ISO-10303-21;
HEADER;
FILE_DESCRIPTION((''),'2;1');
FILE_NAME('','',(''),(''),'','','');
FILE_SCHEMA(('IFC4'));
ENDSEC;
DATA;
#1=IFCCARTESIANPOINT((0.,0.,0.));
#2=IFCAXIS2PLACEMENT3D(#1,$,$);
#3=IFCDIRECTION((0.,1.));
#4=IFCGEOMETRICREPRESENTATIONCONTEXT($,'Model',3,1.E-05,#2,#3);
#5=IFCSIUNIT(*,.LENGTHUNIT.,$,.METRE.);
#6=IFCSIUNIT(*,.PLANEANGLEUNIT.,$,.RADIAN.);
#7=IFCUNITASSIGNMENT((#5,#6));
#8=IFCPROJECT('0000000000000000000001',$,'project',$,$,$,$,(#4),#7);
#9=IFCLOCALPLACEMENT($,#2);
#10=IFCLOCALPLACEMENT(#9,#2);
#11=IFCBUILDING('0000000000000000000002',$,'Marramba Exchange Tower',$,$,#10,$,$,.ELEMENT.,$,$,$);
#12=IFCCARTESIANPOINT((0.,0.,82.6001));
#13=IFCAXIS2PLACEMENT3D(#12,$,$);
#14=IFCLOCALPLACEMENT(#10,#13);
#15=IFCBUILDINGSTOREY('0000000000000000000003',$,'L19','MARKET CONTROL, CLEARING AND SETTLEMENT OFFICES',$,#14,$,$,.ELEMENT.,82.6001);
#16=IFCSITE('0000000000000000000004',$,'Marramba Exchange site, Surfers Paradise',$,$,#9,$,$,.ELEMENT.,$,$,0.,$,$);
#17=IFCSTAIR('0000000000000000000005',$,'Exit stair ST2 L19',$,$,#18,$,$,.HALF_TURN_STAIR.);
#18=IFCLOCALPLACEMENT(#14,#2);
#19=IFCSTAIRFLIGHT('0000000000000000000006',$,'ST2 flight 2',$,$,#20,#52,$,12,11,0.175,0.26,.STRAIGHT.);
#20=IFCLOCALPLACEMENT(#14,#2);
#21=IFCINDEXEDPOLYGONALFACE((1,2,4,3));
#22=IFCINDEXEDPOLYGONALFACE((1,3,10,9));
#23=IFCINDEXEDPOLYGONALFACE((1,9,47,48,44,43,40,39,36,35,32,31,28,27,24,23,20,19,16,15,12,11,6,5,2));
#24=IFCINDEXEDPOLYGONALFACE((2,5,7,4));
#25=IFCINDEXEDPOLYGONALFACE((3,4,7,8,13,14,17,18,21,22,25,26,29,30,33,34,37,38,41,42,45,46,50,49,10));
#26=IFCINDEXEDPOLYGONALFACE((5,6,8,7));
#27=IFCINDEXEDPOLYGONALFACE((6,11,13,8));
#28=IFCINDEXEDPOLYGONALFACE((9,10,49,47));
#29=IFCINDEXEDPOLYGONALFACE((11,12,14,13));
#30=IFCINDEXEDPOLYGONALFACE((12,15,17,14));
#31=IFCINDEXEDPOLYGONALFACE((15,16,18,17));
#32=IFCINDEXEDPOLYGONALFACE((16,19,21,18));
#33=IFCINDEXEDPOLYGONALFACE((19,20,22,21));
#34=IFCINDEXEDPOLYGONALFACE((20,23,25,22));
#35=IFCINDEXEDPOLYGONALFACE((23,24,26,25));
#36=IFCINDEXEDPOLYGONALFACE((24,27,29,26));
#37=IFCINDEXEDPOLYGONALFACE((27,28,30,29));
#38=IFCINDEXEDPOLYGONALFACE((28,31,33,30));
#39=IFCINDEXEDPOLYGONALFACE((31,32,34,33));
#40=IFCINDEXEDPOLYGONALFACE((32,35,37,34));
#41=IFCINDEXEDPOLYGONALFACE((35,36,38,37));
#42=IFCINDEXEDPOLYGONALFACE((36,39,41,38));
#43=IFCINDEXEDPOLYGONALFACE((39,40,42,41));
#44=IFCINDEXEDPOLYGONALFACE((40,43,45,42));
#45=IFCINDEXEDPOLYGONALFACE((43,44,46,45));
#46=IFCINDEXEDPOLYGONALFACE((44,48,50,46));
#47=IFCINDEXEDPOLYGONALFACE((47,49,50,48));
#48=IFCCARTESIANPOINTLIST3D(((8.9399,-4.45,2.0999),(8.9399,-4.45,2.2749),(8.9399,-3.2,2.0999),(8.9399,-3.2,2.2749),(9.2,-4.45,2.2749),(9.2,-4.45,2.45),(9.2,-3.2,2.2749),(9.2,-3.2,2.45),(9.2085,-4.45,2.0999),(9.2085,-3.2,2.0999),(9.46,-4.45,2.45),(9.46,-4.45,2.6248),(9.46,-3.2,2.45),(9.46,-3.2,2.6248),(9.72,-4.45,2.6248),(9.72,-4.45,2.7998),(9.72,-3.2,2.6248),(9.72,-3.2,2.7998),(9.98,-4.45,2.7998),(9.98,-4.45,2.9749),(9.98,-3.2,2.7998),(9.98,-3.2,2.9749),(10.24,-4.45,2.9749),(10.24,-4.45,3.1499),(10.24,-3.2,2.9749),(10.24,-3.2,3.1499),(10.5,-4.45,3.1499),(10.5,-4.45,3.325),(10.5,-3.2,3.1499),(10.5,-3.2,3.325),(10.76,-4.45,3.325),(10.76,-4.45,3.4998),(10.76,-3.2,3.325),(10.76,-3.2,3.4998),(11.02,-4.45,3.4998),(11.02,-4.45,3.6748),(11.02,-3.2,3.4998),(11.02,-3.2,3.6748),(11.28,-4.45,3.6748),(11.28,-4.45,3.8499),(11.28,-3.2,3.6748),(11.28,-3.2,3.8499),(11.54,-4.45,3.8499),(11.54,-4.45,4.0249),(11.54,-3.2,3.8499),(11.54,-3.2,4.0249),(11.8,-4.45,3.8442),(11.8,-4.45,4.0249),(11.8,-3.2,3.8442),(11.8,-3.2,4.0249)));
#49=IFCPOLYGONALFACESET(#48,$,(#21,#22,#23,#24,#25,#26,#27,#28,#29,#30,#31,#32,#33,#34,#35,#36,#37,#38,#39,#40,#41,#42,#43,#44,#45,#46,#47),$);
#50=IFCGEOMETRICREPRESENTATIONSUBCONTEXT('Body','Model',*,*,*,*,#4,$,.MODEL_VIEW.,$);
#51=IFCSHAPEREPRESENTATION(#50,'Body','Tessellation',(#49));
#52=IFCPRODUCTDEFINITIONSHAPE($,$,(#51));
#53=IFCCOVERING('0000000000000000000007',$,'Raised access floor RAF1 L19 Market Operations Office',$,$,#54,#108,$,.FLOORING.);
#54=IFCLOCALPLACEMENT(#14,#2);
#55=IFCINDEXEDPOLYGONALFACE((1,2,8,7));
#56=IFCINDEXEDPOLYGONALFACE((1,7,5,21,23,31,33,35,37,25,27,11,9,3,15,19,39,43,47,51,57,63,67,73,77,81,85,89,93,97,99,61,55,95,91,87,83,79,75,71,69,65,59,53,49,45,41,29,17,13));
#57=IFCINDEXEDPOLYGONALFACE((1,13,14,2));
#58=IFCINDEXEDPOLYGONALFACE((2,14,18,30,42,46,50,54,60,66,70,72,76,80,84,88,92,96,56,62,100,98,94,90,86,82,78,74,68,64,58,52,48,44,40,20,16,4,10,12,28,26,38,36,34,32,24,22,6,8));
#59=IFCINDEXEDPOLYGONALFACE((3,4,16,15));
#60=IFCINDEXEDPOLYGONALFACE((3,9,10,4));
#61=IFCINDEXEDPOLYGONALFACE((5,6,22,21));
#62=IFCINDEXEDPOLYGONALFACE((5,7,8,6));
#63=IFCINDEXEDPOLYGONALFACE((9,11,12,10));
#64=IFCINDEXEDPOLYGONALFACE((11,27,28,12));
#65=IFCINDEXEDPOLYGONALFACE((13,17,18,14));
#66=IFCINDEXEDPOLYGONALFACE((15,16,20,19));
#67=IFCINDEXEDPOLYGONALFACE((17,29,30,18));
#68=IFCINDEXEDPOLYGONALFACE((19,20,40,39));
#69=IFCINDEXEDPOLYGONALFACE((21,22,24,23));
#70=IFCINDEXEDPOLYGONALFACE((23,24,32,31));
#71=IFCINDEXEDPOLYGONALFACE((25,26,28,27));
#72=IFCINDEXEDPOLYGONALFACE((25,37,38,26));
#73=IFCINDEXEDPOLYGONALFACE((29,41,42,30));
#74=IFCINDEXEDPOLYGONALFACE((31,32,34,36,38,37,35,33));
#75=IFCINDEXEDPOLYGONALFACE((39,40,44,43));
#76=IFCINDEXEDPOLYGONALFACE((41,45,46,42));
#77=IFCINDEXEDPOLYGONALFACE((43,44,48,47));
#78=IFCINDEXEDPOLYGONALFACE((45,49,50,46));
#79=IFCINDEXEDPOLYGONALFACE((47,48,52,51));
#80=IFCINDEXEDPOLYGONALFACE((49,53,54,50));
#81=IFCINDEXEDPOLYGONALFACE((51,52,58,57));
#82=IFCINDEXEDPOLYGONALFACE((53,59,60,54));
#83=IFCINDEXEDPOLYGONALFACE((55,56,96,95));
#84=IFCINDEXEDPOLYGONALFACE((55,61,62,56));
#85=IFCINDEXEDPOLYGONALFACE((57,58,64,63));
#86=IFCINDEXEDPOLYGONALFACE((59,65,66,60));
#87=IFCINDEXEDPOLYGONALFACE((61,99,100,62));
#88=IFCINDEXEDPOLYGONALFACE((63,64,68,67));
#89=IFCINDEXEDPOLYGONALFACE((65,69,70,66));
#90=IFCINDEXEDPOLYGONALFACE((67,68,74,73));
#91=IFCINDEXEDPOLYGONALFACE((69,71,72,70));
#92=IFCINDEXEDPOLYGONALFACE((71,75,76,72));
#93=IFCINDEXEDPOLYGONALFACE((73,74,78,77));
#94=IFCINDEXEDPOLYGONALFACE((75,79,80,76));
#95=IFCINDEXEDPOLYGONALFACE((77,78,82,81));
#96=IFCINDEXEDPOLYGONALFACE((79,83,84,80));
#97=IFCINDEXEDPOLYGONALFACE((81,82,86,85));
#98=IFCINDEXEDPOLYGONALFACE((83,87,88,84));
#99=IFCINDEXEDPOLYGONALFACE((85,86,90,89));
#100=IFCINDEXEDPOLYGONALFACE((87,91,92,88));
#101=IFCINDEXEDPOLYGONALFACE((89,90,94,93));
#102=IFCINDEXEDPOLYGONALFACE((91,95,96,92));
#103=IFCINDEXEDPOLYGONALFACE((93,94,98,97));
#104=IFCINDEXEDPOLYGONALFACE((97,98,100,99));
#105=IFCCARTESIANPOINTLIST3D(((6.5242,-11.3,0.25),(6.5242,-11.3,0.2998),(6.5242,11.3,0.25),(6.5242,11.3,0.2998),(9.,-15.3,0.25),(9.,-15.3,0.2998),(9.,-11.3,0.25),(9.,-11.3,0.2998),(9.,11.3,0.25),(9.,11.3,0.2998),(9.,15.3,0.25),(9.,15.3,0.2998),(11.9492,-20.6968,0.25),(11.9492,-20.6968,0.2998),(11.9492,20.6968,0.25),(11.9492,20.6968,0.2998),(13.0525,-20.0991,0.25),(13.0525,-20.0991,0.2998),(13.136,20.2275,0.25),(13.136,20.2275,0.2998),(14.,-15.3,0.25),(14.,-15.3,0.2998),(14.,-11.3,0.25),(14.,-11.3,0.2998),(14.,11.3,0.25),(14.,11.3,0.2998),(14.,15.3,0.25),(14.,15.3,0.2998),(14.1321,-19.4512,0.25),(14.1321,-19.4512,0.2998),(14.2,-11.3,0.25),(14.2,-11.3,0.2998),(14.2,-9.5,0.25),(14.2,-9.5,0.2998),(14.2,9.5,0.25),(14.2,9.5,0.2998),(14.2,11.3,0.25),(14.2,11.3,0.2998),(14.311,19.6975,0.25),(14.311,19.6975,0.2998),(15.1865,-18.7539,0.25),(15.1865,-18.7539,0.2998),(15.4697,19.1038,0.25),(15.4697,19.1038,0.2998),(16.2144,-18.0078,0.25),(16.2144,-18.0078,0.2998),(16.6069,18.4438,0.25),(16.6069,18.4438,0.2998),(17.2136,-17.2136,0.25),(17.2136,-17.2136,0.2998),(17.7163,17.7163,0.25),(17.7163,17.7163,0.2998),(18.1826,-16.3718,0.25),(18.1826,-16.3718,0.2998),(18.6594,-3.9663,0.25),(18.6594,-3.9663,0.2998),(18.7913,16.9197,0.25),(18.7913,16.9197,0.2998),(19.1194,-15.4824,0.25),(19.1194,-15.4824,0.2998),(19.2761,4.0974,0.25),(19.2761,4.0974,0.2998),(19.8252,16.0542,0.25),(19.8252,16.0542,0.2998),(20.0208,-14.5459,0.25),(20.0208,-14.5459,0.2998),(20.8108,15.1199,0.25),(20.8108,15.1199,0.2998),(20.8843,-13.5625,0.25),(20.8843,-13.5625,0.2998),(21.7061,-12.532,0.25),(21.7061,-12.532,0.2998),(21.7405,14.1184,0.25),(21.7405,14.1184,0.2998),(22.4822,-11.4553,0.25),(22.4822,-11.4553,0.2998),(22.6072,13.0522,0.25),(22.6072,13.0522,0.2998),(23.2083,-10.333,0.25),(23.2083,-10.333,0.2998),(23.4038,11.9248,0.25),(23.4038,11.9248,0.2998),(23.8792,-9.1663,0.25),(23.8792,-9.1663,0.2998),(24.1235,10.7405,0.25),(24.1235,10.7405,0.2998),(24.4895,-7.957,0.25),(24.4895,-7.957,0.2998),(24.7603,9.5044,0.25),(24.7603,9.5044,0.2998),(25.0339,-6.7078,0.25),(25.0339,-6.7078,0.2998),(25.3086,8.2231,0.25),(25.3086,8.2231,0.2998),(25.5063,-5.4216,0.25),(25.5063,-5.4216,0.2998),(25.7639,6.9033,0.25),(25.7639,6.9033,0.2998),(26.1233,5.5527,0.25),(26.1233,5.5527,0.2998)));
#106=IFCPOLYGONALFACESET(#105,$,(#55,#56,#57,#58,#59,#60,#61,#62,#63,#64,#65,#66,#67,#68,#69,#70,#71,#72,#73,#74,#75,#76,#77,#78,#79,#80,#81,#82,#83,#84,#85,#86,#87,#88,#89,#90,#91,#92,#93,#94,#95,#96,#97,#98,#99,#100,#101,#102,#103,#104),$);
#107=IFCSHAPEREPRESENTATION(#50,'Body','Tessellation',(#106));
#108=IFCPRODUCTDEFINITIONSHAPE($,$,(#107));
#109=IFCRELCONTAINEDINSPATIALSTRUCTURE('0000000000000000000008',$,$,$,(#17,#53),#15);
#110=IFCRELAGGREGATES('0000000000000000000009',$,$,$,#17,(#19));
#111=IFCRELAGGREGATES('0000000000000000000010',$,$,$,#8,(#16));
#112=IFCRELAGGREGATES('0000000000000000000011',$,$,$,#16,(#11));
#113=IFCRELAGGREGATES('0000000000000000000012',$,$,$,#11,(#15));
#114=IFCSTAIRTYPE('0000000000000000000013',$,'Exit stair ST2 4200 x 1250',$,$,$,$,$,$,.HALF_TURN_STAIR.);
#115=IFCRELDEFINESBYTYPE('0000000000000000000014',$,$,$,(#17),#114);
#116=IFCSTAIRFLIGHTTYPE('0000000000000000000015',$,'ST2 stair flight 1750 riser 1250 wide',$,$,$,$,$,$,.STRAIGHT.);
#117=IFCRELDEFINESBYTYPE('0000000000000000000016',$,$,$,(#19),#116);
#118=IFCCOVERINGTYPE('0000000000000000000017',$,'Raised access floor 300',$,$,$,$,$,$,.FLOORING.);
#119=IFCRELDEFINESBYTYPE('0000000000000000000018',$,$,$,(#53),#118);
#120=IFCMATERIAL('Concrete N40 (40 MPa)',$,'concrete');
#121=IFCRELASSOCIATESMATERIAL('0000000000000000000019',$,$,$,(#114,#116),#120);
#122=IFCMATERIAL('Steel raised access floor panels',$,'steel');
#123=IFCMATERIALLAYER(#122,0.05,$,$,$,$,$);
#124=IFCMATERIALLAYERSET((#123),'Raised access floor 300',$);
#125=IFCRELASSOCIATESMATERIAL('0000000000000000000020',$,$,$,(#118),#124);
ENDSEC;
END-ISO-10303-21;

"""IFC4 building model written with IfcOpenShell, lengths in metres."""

from ifc_helpers import new_model, si_unit, direction, frame, origin, place, context, subcontext, project, spatial, polyline, outline, extrude, material, layer, layer_set, type_object, element, aggregate, save


model = new_model("IFC4")

# Units and contexts
model_context = context("Model", 3, precision=1e-05, world=origin(), true_north=direction((0.0, 1.0)))
body_context = subcontext(model_context, "Body", "Model", "MODEL_VIEW")
ifc_project = project(units=[si_unit("LENGTHUNIT", "METRE"), si_unit("PLANEANGLEUNIT", "RADIAN")], contexts=[model_context])

# Site, building, storey
site_placement = place(None, origin())
site = spatial("IfcSite", under=ifc_project, at=site_placement, Name="Marramba Exchange site, Surfers Paradise", CompositionType="ELEMENT", RefElevation=0.0)
building_placement = place(site_placement, origin())
building = spatial("IfcBuilding", under=site, at=building_placement, Name="Marramba Exchange Tower", CompositionType="ELEMENT")
storey_placement = place(building_placement, frame((0.0, 0.0, 82.6001)))
storey = spatial("IfcBuildingStorey", under=building, at=storey_placement, Name="L19", Description="MARKET CONTROL, CLEARING AND SETTLEMENT OFFICES", CompositionType="ELEMENT", Elevation=82.6001)

# Stair
ifc_material_1 = material(Name="Concrete N40 (40 MPa)", Category="concrete")
stair_type = type_object("IfcStairType", Name="Exit stair ST2 4200 x 1250", PredefinedType="HALF_TURN_STAIR", material=ifc_material_1)
stair_placement = place(storey_placement, origin())
stair = element("IfcStair", 1, at=stair_placement, inside=storey, type_object=stair_type, Name="Exit stair ST2 L19", PredefinedType="HALF_TURN_STAIR")

# Stair flight
stair_flight_type = type_object("IfcStairFlightType", Name="ST2 stair flight 1750 riser 1250 wide", PredefinedType="STRAIGHT", material=ifc_material_1)
stair_flight_placement = place(storey_placement, frame((8.9399, -3.825, 2.0999), z_axis=(0.0, 0.0, 1.0), x_axis=(1.0, 0.0, 0.0)))
stair_flight = element("IfcStairFlight", 2, at=stair_flight_placement, type_object=stair_flight_type, Name="ST2 flight 2", NumberOfRisers=12, NumberOfTreads=11, PredefinedType="STRAIGHT", RiserHeight=0.175, TreadLength=0.26, context=body_context, shape_type="SweptSolid", body=[
    extrude(outline(polyline([(0.0, 0.0), (0.0, 0.175), (0.26, 0.175), (0.26, 0.3501), (0.52, 0.3501), (0.52, 0.5249), (0.78, 0.5249), (0.78, 0.7), (1.04, 0.7), (1.04, 0.875), (1.3, 0.875), (1.3, 1.05), (1.5601, 1.05), (1.5601, 1.2251), (1.8201, 1.2251), (1.8201, 1.3999), (2.0801, 1.3999), (2.0801, 1.575), (2.3401, 1.575), (2.3401, 1.75), (2.6001, 1.75), (2.6001, 1.925), (2.8601, 1.925), (2.8601, 2.1001), (2.8601, 1.7444), (0.2686, 0.0), (0.0, 0.0)])), frame((0.0, 0.625, 0.0), z_axis=(0.0, -1.0, 0.0), x_axis=(1.0, 0.0, 0.0)), (0.0, 0.0, 1.0), 1.25),
])
aggregate(stair, [stair_flight])

# Covering
ifc_material_2 = material(Name="Steel raised access floor panels", Category="steel")
ifc_layer_1 = layer(ifc_material_2, 0.05)
ifc_layer_set_1 = layer_set([ifc_layer_1], Name="Raised access floor 300")
covering_type_1 = type_object("IfcCoveringType", Name="Raised access floor 300", PredefinedType="FLOORING", material=ifc_layer_set_1)
covering_1_placement = place(storey_placement, frame((0.0, 0.0, 0.25)))
element("IfcCovering", 3, at=covering_1_placement, inside=storey, type_object=covering_type_1, Name="Raised access floor RAF1 L19 Market Operations Office", PredefinedType="FLOORING", context=body_context, shape_type="SweptSolid", body=[
    extrude(outline(polyline([(14.2, -9.5), (14.2, 9.5), (14.2, 11.3), (14.0, 11.3), (14.0, 15.3), (9.0, 15.3), (9.0, 11.3), (6.5242, 11.3), (11.9492, 20.6968), (13.136, 20.2275), (14.311, 19.6975), (15.4697, 19.1038), (16.6069, 18.4438), (17.7163, 17.7163), (18.7913, 16.9197), (19.8252, 16.0542), (20.8108, 15.1199), (21.7405, 14.1184), (22.6072, 13.0522), (23.4038, 11.9248), (24.1235, 10.7405), (24.7603, 9.5044), (25.3086, 8.2231), (25.7639, 6.9033), (26.1233, 5.5527), (19.2761, 4.0974), (18.6594, -3.9663), (25.5063, -5.4216), (25.0339, -6.7078), (24.4895, -7.957), (23.8792, -9.1663), (23.2083, -10.333), (22.4822, -11.4553), (21.7061, -12.532), (20.8843, -13.5625), (20.0208, -14.5459), (19.1194, -15.4824), (18.1826, -16.3718), (17.2136, -17.2136), (16.2144, -18.0078), (15.1865, -18.7539), (14.1321, -19.4512), (13.0525, -20.0991), (11.9492, -20.6968), (6.5242, -11.3), (9.0, -11.3), (9.0, -15.3), (14.0, -15.3), (14.0, -11.3), (14.2, -11.3), (14.2, -9.5)])), origin(), (0.0, 0.0, 1.0), 0.0498),
])

save(model, "model.ifc")
